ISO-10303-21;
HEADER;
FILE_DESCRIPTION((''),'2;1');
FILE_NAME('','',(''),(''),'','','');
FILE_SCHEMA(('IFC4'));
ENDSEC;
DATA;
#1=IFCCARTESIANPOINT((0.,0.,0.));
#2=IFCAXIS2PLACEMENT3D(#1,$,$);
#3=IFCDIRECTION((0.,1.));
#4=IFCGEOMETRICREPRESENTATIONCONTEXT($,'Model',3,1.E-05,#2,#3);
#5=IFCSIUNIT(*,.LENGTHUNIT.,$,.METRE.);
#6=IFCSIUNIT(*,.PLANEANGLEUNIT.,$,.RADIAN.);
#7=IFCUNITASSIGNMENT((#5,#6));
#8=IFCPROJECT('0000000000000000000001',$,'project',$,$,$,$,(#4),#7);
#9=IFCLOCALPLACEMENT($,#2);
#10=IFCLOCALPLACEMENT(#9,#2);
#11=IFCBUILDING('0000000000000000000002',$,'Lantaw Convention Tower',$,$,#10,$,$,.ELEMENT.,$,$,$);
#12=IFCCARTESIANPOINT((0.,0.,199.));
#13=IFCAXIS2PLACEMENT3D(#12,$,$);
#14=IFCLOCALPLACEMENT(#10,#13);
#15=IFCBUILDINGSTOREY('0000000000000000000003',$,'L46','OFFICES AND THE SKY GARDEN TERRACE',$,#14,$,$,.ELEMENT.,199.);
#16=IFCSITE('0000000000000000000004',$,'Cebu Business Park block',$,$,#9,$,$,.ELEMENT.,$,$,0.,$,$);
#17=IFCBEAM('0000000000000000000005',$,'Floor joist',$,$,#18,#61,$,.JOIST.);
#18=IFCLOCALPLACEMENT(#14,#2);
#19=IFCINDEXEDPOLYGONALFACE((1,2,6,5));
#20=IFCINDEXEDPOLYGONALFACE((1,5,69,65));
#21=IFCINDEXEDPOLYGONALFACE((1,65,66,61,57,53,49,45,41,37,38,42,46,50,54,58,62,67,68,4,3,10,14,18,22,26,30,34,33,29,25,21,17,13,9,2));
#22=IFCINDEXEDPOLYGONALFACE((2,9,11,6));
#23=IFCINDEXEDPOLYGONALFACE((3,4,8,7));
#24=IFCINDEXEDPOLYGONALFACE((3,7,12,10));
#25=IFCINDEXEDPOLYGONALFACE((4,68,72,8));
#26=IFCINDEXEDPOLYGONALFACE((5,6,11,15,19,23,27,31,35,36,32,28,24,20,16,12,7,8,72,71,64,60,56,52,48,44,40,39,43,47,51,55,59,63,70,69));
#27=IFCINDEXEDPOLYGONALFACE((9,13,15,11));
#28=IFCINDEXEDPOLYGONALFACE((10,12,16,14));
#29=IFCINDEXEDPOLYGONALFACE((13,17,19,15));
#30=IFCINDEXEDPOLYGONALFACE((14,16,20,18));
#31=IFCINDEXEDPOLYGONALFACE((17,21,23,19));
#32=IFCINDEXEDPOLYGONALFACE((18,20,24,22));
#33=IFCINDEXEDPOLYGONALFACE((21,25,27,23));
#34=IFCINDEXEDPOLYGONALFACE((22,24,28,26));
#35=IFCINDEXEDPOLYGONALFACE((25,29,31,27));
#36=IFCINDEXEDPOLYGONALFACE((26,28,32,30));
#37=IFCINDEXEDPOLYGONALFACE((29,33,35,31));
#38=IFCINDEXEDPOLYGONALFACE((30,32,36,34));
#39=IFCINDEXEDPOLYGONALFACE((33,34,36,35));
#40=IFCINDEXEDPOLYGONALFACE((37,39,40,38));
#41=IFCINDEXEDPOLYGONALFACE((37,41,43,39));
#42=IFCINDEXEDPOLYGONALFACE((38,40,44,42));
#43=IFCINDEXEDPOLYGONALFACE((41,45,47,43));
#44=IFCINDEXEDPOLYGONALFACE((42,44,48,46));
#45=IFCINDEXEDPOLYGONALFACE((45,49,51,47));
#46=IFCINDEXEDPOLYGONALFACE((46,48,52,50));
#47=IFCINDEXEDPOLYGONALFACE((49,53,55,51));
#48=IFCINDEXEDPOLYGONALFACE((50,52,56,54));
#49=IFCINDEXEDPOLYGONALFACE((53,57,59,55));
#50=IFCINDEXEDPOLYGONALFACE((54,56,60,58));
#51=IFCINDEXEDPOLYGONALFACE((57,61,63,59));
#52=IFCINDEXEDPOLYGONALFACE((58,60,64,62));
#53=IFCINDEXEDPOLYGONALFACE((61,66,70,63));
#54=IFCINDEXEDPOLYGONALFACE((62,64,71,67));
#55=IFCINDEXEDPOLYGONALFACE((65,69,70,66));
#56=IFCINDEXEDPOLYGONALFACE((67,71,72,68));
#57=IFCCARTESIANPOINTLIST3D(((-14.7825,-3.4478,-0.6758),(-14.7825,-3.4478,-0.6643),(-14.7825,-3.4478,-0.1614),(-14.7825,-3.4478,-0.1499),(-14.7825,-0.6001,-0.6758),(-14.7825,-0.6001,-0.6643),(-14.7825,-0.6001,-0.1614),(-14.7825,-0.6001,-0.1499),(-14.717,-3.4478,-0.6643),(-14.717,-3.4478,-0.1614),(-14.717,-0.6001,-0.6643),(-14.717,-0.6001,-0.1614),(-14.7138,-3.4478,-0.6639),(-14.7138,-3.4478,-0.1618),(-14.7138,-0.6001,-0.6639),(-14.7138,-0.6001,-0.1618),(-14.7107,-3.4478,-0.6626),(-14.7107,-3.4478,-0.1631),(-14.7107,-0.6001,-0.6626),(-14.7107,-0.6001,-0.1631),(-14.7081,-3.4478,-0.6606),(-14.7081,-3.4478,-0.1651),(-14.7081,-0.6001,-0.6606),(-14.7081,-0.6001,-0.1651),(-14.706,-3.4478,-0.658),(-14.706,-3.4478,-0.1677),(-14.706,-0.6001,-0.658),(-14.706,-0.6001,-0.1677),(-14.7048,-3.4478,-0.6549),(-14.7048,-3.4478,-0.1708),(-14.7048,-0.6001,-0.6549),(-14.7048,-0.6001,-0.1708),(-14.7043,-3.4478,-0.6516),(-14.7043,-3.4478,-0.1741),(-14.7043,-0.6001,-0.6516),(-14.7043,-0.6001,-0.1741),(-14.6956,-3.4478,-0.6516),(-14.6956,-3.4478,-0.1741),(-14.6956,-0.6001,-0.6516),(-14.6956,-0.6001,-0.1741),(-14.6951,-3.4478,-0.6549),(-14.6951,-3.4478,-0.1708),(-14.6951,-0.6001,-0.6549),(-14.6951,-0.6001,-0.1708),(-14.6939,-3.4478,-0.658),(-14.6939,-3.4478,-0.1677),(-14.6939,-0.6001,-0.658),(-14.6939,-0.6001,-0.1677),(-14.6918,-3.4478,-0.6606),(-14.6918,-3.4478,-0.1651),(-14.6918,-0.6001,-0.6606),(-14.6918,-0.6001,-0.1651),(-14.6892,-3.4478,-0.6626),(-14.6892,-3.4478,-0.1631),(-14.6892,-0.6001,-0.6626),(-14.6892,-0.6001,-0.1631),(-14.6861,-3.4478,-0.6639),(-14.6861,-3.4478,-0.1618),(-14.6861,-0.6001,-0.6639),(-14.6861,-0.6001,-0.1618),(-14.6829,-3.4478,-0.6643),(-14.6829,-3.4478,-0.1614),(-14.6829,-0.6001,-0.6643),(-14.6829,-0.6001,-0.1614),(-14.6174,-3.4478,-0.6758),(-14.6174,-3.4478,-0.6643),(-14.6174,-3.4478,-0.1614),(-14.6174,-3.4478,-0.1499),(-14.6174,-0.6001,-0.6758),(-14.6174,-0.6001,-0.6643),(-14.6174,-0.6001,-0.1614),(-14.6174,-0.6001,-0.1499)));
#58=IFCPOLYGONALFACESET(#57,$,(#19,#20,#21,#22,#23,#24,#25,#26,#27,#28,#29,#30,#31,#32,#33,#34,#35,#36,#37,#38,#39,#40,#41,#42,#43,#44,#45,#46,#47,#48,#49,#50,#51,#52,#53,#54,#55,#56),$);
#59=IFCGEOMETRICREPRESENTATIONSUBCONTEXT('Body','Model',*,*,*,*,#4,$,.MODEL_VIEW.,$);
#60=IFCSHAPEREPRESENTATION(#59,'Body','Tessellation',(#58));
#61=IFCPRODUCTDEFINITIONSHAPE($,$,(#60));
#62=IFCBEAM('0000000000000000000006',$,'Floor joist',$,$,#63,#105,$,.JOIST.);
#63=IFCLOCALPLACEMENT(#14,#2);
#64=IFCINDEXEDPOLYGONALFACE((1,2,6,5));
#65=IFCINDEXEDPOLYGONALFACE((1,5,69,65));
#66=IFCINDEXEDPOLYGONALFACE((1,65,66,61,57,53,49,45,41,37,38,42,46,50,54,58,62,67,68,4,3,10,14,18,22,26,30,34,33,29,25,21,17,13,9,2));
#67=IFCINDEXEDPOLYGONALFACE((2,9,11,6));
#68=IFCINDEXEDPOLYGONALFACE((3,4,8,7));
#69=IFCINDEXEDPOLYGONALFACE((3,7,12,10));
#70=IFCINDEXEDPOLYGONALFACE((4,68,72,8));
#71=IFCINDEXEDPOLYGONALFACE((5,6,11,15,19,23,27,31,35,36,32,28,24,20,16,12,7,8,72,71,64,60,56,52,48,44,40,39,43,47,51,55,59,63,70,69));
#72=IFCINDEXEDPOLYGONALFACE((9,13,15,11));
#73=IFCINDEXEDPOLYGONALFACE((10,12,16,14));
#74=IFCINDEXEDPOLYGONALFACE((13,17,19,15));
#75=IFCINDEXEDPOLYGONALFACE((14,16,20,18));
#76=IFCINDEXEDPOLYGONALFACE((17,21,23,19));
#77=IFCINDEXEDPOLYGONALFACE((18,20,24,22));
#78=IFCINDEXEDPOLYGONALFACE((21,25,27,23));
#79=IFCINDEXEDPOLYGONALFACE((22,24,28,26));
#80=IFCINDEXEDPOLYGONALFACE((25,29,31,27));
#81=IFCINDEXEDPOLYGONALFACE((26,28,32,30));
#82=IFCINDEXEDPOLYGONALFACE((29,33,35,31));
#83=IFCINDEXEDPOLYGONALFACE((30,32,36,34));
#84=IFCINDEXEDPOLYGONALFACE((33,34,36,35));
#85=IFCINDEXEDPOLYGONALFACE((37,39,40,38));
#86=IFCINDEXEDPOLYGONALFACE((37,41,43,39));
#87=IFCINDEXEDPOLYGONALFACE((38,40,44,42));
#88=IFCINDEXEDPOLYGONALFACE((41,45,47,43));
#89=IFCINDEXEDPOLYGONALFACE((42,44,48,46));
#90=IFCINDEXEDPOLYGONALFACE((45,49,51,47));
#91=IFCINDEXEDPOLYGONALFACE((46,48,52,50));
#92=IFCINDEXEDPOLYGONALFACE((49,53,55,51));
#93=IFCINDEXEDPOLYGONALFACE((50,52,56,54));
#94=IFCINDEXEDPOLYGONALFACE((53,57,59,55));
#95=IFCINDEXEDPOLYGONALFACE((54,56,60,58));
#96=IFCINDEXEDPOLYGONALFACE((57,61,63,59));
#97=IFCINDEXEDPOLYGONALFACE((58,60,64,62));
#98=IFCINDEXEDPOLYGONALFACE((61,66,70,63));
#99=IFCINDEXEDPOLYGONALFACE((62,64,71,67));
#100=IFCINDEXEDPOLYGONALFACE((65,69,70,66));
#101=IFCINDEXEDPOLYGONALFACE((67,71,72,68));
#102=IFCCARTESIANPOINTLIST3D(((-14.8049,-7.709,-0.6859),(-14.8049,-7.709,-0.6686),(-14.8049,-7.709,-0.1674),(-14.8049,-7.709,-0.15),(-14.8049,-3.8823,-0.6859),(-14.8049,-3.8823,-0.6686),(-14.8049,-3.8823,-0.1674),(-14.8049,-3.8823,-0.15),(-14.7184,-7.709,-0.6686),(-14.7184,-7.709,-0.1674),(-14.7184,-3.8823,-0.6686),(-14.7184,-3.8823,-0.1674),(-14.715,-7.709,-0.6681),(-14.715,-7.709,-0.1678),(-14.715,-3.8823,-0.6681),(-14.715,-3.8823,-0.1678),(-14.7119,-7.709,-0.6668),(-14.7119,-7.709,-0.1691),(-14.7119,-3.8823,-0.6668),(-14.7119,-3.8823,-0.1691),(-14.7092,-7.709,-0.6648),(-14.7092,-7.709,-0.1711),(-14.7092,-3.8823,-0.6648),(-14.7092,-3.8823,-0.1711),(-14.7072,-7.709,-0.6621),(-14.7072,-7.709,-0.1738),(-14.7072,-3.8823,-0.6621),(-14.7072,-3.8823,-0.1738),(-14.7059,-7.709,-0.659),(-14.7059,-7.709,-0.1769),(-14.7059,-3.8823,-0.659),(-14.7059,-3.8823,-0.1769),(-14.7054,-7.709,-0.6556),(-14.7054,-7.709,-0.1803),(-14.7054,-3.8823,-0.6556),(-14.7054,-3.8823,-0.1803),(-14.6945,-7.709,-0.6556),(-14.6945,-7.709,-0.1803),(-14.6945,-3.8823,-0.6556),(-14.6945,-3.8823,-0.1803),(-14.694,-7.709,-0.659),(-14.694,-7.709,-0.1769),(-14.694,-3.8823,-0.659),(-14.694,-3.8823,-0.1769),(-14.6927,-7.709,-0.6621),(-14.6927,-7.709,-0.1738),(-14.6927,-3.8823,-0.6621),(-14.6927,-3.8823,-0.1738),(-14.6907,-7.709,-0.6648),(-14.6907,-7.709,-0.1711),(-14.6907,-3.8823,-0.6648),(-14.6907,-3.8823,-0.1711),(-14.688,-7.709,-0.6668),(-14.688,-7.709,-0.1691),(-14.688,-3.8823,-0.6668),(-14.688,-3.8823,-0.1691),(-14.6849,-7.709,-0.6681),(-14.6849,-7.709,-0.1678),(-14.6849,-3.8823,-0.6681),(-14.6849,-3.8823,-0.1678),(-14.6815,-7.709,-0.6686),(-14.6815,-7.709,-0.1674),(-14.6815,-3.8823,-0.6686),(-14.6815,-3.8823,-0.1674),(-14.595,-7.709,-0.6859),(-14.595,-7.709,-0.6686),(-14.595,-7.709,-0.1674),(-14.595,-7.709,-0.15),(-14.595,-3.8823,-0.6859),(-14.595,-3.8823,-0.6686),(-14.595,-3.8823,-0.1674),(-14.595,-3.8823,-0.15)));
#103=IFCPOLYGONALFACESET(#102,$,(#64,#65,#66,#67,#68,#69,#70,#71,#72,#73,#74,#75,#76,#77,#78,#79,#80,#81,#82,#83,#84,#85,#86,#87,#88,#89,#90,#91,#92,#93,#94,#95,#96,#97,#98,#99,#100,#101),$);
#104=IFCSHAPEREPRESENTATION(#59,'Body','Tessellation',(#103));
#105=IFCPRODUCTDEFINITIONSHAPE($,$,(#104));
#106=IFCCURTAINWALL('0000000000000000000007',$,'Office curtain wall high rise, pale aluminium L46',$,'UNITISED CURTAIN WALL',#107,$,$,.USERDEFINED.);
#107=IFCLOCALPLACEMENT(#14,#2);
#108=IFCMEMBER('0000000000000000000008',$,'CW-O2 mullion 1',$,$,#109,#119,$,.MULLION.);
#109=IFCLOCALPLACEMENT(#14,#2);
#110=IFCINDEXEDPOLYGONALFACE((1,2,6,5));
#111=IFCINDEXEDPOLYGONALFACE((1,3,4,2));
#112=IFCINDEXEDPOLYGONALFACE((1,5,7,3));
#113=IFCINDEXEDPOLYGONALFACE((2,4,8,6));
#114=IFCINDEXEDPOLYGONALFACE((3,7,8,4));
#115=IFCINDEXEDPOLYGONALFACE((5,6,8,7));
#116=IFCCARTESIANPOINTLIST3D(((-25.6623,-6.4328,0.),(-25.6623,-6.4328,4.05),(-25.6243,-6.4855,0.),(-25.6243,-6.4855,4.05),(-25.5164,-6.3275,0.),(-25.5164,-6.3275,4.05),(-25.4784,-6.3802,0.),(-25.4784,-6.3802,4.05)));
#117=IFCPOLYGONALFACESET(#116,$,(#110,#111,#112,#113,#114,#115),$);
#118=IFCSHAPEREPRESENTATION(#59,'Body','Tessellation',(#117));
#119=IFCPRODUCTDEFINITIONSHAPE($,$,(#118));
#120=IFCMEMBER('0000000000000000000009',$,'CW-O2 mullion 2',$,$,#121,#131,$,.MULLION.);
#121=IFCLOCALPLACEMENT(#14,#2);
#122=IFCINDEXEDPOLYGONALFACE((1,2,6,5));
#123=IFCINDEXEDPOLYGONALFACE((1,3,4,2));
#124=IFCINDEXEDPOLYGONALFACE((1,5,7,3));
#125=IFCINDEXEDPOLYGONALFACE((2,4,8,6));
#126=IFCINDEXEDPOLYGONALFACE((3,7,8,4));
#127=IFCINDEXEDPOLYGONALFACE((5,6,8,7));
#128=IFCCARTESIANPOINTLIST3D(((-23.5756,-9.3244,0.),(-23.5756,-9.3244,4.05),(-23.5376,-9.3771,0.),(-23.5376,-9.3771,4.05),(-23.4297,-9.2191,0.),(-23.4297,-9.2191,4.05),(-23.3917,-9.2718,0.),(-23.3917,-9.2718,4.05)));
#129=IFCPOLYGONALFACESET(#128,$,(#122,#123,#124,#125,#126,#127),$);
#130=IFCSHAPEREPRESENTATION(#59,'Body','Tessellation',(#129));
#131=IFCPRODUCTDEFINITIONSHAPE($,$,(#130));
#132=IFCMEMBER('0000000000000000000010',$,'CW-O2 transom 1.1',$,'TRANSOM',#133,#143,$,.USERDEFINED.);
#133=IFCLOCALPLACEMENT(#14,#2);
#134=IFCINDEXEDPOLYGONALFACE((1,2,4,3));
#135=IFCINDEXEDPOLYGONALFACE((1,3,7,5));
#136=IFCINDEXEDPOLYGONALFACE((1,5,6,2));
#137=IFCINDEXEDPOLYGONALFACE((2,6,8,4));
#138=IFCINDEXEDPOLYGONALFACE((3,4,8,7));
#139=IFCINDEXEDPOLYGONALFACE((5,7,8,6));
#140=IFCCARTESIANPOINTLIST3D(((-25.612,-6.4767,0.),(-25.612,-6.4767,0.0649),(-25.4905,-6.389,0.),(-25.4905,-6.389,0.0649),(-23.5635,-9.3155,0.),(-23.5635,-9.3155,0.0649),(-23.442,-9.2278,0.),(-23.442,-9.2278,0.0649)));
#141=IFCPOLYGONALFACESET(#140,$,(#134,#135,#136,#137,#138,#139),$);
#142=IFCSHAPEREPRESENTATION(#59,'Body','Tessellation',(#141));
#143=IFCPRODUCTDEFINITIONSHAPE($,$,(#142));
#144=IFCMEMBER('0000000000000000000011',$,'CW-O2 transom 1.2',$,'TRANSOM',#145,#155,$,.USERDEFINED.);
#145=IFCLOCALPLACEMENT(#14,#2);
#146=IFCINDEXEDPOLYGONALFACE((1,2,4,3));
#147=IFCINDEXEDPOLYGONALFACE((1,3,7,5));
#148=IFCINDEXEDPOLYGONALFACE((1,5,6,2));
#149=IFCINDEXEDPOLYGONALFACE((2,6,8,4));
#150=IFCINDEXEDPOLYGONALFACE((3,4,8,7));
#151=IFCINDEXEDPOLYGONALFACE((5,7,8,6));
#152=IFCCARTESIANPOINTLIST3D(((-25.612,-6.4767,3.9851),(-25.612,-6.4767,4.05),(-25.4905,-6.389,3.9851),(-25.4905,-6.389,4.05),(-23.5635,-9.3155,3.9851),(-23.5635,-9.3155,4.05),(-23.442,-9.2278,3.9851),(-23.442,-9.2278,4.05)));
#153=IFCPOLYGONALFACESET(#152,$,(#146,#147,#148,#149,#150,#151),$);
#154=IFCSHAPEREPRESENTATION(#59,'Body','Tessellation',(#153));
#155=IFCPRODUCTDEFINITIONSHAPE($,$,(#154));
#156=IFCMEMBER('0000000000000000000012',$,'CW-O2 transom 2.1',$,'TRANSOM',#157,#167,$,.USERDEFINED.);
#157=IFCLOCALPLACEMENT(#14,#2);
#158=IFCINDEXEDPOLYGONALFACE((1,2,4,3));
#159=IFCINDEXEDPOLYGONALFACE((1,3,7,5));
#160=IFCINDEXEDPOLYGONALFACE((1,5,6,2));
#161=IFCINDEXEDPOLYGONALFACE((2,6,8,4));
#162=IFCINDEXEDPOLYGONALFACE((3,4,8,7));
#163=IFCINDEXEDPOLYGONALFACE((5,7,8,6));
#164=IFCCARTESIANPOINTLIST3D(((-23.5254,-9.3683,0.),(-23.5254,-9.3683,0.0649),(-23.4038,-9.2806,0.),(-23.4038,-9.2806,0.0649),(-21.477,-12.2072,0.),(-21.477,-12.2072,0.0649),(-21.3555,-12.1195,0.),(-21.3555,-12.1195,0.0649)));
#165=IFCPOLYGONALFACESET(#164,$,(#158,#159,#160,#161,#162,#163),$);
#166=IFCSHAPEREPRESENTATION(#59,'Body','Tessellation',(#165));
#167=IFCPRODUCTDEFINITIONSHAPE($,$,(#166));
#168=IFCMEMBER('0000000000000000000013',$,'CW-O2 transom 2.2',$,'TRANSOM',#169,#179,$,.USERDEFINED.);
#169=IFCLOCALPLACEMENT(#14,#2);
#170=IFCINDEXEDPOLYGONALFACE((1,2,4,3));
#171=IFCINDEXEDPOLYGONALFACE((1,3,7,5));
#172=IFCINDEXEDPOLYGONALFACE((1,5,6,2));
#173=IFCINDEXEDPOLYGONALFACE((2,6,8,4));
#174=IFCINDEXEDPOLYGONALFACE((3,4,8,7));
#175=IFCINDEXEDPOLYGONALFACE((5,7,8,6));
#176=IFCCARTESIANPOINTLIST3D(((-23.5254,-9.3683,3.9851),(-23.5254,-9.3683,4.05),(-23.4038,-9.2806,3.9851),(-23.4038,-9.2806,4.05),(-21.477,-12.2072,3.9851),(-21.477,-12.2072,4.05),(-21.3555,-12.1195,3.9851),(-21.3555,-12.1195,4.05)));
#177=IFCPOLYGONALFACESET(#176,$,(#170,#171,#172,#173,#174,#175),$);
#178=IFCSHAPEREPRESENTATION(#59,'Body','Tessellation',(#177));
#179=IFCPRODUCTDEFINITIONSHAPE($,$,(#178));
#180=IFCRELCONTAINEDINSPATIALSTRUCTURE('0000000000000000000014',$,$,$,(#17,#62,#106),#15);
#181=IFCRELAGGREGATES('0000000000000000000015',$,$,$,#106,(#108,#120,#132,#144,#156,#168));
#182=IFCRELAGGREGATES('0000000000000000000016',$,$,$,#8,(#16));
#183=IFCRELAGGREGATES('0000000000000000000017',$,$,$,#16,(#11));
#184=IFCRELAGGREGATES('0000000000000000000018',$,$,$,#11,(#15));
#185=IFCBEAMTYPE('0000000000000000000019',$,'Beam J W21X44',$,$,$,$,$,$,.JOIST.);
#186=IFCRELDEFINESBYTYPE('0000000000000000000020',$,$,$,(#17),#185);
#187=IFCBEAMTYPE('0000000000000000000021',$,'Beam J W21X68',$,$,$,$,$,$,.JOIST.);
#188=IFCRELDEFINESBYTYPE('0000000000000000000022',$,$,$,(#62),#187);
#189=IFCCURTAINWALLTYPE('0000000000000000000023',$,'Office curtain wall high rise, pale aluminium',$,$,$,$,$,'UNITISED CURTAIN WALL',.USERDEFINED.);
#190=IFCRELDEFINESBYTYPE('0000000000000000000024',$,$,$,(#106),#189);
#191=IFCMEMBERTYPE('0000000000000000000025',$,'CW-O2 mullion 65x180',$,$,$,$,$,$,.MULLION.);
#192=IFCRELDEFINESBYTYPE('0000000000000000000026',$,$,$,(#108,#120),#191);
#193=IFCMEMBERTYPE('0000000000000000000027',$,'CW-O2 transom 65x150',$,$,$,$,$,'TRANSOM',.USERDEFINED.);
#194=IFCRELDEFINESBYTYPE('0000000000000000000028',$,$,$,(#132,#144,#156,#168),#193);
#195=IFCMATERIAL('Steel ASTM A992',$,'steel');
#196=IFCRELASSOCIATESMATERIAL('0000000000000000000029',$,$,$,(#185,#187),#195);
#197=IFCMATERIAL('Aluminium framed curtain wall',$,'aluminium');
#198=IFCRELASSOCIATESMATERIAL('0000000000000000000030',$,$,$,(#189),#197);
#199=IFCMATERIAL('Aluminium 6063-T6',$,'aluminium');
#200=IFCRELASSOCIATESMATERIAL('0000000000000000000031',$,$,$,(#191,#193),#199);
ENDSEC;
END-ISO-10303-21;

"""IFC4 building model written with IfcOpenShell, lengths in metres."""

from ifc_helpers import new_model, si_unit, direction, frame, origin, origin_2d, place, context, subcontext, project, spatial, rectangle, i_section, extrude, material, material_profile, profile_set, type_object, element, aggregate, save


model = new_model("IFC4")

# Units and contexts
model_context = context("Model", 3, precision=1e-05, world=origin(), true_north=direction((0.0, 1.0)))
body_context = subcontext(model_context, "Body", "Model", "MODEL_VIEW")
ifc_project = project(units=[si_unit("LENGTHUNIT", "METRE"), si_unit("PLANEANGLEUNIT", "RADIAN")], contexts=[model_context])

# Site, building, storey
site_placement = place(None, origin())
site = spatial("IfcSite", under=ifc_project, at=site_placement, Name="Cebu Business Park block", CompositionType="ELEMENT", RefElevation=0.0)
building_placement = place(site_placement, origin())
building = spatial("IfcBuilding", under=site, at=building_placement, Name="Lantaw Convention Tower", CompositionType="ELEMENT")
storey_placement = place(building_placement, frame((0.0, 0.0, 199.0)))
storey = spatial("IfcBuildingStorey", under=building, at=storey_placement, Name="L46", Description="OFFICES AND THE SKY GARDEN TERRACE", CompositionType="ELEMENT", Elevation=199.0)

# Beams
ifc_material_1 = material(Name="Steel ASTM A992", Category="steel")
ifc_material_profile_1 = material_profile(ifc_material_1, i_section(OverallWidth=0.165, OverallDepth=0.5259, WebThickness=0.0088, FlangeThickness=0.0115, FilletRadius=0.0127, at=origin_2d()), Name="W21X44")
ifc_profile_set_1 = profile_set([ifc_material_profile_1], Name="Steel ASTM A992")
beam_type_1 = type_object("IfcBeamType", Name="Beam J W21X44", PredefinedType="JOIST", material=ifc_profile_set_1)
beam_1_placement = place(storey_placement, frame((-14.7, -3.4478, -0.4128), z_axis=(0.0, 1.0, 0.0), x_axis=(-1.0, 0.0, 0.0)))
element("IfcBeam", 1, at=beam_1_placement, inside=storey, type_object=beam_type_1, Name="Floor joist", PredefinedType="JOIST", context=body_context, shape_type="SweptSolid", body=[
    extrude(i_section(OverallWidth=0.165, OverallDepth=0.5259, WebThickness=0.0088, FlangeThickness=0.0115, FilletRadius=0.0127, at=origin_2d()), origin(), (0.0, 0.0, 1.0), 2.8477),
])
ifc_material_profile_2 = material_profile(ifc_material_1, i_section(OverallWidth=0.21, OverallDepth=0.5359, WebThickness=0.011, FlangeThickness=0.0173, FilletRadius=0.0129, at=origin_2d()), Name="W21X68")
ifc_profile_set_2 = profile_set([ifc_material_profile_2], Name="Steel ASTM A992")
beam_type_2 = type_object("IfcBeamType", Name="Beam J W21X68", PredefinedType="JOIST", material=ifc_profile_set_2)
beam_2_placement = place(storey_placement, frame((-14.7, -7.709, -0.418), z_axis=(0.0, 1.0, 0.0), x_axis=(-1.0, 0.0, 0.0)))
element("IfcBeam", 2, at=beam_2_placement, inside=storey, type_object=beam_type_2, Name="Floor joist", PredefinedType="JOIST", context=body_context, shape_type="SweptSolid", body=[
    extrude(i_section(OverallWidth=0.21, OverallDepth=0.5359, WebThickness=0.011, FlangeThickness=0.0173, FilletRadius=0.0129, at=origin_2d()), origin(), (0.0, 0.0, 1.0), 3.8267),
])

# Curtain wall, members
ifc_material_2 = material(Name="Aluminium framed curtain wall", Category="aluminium")
curtain_wall_type = type_object("IfcCurtainWallType", Name="Office curtain wall high rise, pale aluminium", ElementType="UNITISED CURTAIN WALL", PredefinedType="USERDEFINED", material=ifc_material_2)
curtain_wall_placement = place(storey_placement, origin())
curtain_wall = element("IfcCurtainWall", 3, at=curtain_wall_placement, inside=storey, type_object=curtain_wall_type, Name="Office curtain wall high rise, pale aluminium L46", ObjectType="UNITISED CURTAIN WALL", PredefinedType="USERDEFINED")
ifc_material_3 = material(Name="Aluminium 6063-T6", Category="aluminium")
ifc_material_profile_3 = material_profile(ifc_material_3, rectangle(XDim=0.1799, YDim=0.0649, at=origin_2d()), Name="CW-O2 mullion 65x180")
ifc_profile_set_3 = profile_set([ifc_material_profile_3], Name="Aluminium 6063-T6")
member_type_1 = type_object("IfcMemberType", Name="CW-O2 mullion 65x180", PredefinedType="MULLION", material=ifc_profile_set_3)
member_1_placement = place(storey_placement, frame((-25.5703, -6.4065, 0.0), z_axis=(0.0, 0.0, 1.0), x_axis=(0.81092, 0.585158, 0.0)))
member_1 = element("IfcMember", 4, at=member_1_placement, type_object=member_type_1, Name="CW-O2 mullion 1", PredefinedType="MULLION", context=body_context, shape_type="SweptSolid", body=[
    extrude(rectangle(XDim=0.1799, YDim=0.0649, at=origin_2d()), origin(), (0.0, 0.0, 1.0), 4.05),
])
member_2_placement = place(storey_placement, frame((-23.4836, -9.2981, 0.0), z_axis=(0.0, 0.0, 1.0), x_axis=(0.81092, 0.585158, 0.0)))
member_2 = element("IfcMember", 5, at=member_2_placement, type_object=member_type_1, Name="CW-O2 mullion 2", PredefinedType="MULLION", context=body_context, shape_type="SweptSolid", body=[
    extrude(rectangle(XDim=0.1799, YDim=0.0649, at=origin_2d()), origin(), (0.0, 0.0, 1.0), 4.05),
])
ifc_material_profile_4 = material_profile(ifc_material_3, rectangle(XDim=0.1499, YDim=0.0649, at=origin_2d()), Name="CW-O2 transom 65x150")
ifc_profile_set_4 = profile_set([ifc_material_profile_4], Name="Aluminium 6063-T6")
member_type_2 = type_object("IfcMemberType", Name="CW-O2 transom 65x150", ElementType="TRANSOM", PredefinedType="USERDEFINED", material=ifc_profile_set_4)
member_3_placement = place(storey_placement, frame((-25.5513, -6.4329, 0.0325), z_axis=(0.58517, -0.810911, 0.0), x_axis=(0.810911, 0.58517, 0.0)))
member_3 = element("IfcMember", 6, at=member_3_placement, type_object=member_type_2, Name="CW-O2 transom 1.1", ObjectType="TRANSOM", PredefinedType="USERDEFINED", context=body_context, shape_type="SweptSolid", body=[
    extrude(rectangle(XDim=0.1499, YDim=0.0649, at=origin_2d()), origin(), (0.0, 0.0, 1.0), 3.5007),
])
member_4_placement = place(storey_placement, frame((-25.5513, -6.4329, 4.0176), z_axis=(0.58517, -0.810911, 0.0), x_axis=(0.810911, 0.58517, 0.0)))
member_4 = element("IfcMember", 7, at=member_4_placement, type_object=member_type_2, Name="CW-O2 transom 1.2", ObjectType="TRANSOM", PredefinedType="USERDEFINED", context=body_context, shape_type="SweptSolid", body=[
    extrude(rectangle(XDim=0.1499, YDim=0.0649, at=origin_2d()), origin(), (0.0, 0.0, 1.0), 3.5007),
])
member_5_placement = place(storey_placement, frame((-23.4646, -9.3245, 0.0325), z_axis=(0.585124, -0.810944, 0.0), x_axis=(0.810944, 0.585124, 0.0)))
member_5 = element("IfcMember", 8, at=member_5_placement, type_object=member_type_2, Name="CW-O2 transom 2.1", ObjectType="TRANSOM", PredefinedType="USERDEFINED", context=body_context, shape_type="SweptSolid", body=[
    extrude(rectangle(XDim=0.1499, YDim=0.0649, at=origin_2d()), origin(), (0.0, 0.0, 1.0), 3.5007),
])
member_6_placement = place(storey_placement, frame((-23.4646, -9.3245, 4.0176), z_axis=(0.585124, -0.810944, 0.0), x_axis=(0.810944, 0.585124, 0.0)))
member_6 = element("IfcMember", 9, at=member_6_placement, type_object=member_type_2, Name="CW-O2 transom 2.2", ObjectType="TRANSOM", PredefinedType="USERDEFINED", context=body_context, shape_type="SweptSolid", body=[
    extrude(rectangle(XDim=0.1499, YDim=0.0649, at=origin_2d()), origin(), (0.0, 0.0, 1.0), 3.5007),
])
aggregate(curtain_wall, [member_1, member_2, member_3, member_4, member_5, member_6])

save(model, "model.ifc")
